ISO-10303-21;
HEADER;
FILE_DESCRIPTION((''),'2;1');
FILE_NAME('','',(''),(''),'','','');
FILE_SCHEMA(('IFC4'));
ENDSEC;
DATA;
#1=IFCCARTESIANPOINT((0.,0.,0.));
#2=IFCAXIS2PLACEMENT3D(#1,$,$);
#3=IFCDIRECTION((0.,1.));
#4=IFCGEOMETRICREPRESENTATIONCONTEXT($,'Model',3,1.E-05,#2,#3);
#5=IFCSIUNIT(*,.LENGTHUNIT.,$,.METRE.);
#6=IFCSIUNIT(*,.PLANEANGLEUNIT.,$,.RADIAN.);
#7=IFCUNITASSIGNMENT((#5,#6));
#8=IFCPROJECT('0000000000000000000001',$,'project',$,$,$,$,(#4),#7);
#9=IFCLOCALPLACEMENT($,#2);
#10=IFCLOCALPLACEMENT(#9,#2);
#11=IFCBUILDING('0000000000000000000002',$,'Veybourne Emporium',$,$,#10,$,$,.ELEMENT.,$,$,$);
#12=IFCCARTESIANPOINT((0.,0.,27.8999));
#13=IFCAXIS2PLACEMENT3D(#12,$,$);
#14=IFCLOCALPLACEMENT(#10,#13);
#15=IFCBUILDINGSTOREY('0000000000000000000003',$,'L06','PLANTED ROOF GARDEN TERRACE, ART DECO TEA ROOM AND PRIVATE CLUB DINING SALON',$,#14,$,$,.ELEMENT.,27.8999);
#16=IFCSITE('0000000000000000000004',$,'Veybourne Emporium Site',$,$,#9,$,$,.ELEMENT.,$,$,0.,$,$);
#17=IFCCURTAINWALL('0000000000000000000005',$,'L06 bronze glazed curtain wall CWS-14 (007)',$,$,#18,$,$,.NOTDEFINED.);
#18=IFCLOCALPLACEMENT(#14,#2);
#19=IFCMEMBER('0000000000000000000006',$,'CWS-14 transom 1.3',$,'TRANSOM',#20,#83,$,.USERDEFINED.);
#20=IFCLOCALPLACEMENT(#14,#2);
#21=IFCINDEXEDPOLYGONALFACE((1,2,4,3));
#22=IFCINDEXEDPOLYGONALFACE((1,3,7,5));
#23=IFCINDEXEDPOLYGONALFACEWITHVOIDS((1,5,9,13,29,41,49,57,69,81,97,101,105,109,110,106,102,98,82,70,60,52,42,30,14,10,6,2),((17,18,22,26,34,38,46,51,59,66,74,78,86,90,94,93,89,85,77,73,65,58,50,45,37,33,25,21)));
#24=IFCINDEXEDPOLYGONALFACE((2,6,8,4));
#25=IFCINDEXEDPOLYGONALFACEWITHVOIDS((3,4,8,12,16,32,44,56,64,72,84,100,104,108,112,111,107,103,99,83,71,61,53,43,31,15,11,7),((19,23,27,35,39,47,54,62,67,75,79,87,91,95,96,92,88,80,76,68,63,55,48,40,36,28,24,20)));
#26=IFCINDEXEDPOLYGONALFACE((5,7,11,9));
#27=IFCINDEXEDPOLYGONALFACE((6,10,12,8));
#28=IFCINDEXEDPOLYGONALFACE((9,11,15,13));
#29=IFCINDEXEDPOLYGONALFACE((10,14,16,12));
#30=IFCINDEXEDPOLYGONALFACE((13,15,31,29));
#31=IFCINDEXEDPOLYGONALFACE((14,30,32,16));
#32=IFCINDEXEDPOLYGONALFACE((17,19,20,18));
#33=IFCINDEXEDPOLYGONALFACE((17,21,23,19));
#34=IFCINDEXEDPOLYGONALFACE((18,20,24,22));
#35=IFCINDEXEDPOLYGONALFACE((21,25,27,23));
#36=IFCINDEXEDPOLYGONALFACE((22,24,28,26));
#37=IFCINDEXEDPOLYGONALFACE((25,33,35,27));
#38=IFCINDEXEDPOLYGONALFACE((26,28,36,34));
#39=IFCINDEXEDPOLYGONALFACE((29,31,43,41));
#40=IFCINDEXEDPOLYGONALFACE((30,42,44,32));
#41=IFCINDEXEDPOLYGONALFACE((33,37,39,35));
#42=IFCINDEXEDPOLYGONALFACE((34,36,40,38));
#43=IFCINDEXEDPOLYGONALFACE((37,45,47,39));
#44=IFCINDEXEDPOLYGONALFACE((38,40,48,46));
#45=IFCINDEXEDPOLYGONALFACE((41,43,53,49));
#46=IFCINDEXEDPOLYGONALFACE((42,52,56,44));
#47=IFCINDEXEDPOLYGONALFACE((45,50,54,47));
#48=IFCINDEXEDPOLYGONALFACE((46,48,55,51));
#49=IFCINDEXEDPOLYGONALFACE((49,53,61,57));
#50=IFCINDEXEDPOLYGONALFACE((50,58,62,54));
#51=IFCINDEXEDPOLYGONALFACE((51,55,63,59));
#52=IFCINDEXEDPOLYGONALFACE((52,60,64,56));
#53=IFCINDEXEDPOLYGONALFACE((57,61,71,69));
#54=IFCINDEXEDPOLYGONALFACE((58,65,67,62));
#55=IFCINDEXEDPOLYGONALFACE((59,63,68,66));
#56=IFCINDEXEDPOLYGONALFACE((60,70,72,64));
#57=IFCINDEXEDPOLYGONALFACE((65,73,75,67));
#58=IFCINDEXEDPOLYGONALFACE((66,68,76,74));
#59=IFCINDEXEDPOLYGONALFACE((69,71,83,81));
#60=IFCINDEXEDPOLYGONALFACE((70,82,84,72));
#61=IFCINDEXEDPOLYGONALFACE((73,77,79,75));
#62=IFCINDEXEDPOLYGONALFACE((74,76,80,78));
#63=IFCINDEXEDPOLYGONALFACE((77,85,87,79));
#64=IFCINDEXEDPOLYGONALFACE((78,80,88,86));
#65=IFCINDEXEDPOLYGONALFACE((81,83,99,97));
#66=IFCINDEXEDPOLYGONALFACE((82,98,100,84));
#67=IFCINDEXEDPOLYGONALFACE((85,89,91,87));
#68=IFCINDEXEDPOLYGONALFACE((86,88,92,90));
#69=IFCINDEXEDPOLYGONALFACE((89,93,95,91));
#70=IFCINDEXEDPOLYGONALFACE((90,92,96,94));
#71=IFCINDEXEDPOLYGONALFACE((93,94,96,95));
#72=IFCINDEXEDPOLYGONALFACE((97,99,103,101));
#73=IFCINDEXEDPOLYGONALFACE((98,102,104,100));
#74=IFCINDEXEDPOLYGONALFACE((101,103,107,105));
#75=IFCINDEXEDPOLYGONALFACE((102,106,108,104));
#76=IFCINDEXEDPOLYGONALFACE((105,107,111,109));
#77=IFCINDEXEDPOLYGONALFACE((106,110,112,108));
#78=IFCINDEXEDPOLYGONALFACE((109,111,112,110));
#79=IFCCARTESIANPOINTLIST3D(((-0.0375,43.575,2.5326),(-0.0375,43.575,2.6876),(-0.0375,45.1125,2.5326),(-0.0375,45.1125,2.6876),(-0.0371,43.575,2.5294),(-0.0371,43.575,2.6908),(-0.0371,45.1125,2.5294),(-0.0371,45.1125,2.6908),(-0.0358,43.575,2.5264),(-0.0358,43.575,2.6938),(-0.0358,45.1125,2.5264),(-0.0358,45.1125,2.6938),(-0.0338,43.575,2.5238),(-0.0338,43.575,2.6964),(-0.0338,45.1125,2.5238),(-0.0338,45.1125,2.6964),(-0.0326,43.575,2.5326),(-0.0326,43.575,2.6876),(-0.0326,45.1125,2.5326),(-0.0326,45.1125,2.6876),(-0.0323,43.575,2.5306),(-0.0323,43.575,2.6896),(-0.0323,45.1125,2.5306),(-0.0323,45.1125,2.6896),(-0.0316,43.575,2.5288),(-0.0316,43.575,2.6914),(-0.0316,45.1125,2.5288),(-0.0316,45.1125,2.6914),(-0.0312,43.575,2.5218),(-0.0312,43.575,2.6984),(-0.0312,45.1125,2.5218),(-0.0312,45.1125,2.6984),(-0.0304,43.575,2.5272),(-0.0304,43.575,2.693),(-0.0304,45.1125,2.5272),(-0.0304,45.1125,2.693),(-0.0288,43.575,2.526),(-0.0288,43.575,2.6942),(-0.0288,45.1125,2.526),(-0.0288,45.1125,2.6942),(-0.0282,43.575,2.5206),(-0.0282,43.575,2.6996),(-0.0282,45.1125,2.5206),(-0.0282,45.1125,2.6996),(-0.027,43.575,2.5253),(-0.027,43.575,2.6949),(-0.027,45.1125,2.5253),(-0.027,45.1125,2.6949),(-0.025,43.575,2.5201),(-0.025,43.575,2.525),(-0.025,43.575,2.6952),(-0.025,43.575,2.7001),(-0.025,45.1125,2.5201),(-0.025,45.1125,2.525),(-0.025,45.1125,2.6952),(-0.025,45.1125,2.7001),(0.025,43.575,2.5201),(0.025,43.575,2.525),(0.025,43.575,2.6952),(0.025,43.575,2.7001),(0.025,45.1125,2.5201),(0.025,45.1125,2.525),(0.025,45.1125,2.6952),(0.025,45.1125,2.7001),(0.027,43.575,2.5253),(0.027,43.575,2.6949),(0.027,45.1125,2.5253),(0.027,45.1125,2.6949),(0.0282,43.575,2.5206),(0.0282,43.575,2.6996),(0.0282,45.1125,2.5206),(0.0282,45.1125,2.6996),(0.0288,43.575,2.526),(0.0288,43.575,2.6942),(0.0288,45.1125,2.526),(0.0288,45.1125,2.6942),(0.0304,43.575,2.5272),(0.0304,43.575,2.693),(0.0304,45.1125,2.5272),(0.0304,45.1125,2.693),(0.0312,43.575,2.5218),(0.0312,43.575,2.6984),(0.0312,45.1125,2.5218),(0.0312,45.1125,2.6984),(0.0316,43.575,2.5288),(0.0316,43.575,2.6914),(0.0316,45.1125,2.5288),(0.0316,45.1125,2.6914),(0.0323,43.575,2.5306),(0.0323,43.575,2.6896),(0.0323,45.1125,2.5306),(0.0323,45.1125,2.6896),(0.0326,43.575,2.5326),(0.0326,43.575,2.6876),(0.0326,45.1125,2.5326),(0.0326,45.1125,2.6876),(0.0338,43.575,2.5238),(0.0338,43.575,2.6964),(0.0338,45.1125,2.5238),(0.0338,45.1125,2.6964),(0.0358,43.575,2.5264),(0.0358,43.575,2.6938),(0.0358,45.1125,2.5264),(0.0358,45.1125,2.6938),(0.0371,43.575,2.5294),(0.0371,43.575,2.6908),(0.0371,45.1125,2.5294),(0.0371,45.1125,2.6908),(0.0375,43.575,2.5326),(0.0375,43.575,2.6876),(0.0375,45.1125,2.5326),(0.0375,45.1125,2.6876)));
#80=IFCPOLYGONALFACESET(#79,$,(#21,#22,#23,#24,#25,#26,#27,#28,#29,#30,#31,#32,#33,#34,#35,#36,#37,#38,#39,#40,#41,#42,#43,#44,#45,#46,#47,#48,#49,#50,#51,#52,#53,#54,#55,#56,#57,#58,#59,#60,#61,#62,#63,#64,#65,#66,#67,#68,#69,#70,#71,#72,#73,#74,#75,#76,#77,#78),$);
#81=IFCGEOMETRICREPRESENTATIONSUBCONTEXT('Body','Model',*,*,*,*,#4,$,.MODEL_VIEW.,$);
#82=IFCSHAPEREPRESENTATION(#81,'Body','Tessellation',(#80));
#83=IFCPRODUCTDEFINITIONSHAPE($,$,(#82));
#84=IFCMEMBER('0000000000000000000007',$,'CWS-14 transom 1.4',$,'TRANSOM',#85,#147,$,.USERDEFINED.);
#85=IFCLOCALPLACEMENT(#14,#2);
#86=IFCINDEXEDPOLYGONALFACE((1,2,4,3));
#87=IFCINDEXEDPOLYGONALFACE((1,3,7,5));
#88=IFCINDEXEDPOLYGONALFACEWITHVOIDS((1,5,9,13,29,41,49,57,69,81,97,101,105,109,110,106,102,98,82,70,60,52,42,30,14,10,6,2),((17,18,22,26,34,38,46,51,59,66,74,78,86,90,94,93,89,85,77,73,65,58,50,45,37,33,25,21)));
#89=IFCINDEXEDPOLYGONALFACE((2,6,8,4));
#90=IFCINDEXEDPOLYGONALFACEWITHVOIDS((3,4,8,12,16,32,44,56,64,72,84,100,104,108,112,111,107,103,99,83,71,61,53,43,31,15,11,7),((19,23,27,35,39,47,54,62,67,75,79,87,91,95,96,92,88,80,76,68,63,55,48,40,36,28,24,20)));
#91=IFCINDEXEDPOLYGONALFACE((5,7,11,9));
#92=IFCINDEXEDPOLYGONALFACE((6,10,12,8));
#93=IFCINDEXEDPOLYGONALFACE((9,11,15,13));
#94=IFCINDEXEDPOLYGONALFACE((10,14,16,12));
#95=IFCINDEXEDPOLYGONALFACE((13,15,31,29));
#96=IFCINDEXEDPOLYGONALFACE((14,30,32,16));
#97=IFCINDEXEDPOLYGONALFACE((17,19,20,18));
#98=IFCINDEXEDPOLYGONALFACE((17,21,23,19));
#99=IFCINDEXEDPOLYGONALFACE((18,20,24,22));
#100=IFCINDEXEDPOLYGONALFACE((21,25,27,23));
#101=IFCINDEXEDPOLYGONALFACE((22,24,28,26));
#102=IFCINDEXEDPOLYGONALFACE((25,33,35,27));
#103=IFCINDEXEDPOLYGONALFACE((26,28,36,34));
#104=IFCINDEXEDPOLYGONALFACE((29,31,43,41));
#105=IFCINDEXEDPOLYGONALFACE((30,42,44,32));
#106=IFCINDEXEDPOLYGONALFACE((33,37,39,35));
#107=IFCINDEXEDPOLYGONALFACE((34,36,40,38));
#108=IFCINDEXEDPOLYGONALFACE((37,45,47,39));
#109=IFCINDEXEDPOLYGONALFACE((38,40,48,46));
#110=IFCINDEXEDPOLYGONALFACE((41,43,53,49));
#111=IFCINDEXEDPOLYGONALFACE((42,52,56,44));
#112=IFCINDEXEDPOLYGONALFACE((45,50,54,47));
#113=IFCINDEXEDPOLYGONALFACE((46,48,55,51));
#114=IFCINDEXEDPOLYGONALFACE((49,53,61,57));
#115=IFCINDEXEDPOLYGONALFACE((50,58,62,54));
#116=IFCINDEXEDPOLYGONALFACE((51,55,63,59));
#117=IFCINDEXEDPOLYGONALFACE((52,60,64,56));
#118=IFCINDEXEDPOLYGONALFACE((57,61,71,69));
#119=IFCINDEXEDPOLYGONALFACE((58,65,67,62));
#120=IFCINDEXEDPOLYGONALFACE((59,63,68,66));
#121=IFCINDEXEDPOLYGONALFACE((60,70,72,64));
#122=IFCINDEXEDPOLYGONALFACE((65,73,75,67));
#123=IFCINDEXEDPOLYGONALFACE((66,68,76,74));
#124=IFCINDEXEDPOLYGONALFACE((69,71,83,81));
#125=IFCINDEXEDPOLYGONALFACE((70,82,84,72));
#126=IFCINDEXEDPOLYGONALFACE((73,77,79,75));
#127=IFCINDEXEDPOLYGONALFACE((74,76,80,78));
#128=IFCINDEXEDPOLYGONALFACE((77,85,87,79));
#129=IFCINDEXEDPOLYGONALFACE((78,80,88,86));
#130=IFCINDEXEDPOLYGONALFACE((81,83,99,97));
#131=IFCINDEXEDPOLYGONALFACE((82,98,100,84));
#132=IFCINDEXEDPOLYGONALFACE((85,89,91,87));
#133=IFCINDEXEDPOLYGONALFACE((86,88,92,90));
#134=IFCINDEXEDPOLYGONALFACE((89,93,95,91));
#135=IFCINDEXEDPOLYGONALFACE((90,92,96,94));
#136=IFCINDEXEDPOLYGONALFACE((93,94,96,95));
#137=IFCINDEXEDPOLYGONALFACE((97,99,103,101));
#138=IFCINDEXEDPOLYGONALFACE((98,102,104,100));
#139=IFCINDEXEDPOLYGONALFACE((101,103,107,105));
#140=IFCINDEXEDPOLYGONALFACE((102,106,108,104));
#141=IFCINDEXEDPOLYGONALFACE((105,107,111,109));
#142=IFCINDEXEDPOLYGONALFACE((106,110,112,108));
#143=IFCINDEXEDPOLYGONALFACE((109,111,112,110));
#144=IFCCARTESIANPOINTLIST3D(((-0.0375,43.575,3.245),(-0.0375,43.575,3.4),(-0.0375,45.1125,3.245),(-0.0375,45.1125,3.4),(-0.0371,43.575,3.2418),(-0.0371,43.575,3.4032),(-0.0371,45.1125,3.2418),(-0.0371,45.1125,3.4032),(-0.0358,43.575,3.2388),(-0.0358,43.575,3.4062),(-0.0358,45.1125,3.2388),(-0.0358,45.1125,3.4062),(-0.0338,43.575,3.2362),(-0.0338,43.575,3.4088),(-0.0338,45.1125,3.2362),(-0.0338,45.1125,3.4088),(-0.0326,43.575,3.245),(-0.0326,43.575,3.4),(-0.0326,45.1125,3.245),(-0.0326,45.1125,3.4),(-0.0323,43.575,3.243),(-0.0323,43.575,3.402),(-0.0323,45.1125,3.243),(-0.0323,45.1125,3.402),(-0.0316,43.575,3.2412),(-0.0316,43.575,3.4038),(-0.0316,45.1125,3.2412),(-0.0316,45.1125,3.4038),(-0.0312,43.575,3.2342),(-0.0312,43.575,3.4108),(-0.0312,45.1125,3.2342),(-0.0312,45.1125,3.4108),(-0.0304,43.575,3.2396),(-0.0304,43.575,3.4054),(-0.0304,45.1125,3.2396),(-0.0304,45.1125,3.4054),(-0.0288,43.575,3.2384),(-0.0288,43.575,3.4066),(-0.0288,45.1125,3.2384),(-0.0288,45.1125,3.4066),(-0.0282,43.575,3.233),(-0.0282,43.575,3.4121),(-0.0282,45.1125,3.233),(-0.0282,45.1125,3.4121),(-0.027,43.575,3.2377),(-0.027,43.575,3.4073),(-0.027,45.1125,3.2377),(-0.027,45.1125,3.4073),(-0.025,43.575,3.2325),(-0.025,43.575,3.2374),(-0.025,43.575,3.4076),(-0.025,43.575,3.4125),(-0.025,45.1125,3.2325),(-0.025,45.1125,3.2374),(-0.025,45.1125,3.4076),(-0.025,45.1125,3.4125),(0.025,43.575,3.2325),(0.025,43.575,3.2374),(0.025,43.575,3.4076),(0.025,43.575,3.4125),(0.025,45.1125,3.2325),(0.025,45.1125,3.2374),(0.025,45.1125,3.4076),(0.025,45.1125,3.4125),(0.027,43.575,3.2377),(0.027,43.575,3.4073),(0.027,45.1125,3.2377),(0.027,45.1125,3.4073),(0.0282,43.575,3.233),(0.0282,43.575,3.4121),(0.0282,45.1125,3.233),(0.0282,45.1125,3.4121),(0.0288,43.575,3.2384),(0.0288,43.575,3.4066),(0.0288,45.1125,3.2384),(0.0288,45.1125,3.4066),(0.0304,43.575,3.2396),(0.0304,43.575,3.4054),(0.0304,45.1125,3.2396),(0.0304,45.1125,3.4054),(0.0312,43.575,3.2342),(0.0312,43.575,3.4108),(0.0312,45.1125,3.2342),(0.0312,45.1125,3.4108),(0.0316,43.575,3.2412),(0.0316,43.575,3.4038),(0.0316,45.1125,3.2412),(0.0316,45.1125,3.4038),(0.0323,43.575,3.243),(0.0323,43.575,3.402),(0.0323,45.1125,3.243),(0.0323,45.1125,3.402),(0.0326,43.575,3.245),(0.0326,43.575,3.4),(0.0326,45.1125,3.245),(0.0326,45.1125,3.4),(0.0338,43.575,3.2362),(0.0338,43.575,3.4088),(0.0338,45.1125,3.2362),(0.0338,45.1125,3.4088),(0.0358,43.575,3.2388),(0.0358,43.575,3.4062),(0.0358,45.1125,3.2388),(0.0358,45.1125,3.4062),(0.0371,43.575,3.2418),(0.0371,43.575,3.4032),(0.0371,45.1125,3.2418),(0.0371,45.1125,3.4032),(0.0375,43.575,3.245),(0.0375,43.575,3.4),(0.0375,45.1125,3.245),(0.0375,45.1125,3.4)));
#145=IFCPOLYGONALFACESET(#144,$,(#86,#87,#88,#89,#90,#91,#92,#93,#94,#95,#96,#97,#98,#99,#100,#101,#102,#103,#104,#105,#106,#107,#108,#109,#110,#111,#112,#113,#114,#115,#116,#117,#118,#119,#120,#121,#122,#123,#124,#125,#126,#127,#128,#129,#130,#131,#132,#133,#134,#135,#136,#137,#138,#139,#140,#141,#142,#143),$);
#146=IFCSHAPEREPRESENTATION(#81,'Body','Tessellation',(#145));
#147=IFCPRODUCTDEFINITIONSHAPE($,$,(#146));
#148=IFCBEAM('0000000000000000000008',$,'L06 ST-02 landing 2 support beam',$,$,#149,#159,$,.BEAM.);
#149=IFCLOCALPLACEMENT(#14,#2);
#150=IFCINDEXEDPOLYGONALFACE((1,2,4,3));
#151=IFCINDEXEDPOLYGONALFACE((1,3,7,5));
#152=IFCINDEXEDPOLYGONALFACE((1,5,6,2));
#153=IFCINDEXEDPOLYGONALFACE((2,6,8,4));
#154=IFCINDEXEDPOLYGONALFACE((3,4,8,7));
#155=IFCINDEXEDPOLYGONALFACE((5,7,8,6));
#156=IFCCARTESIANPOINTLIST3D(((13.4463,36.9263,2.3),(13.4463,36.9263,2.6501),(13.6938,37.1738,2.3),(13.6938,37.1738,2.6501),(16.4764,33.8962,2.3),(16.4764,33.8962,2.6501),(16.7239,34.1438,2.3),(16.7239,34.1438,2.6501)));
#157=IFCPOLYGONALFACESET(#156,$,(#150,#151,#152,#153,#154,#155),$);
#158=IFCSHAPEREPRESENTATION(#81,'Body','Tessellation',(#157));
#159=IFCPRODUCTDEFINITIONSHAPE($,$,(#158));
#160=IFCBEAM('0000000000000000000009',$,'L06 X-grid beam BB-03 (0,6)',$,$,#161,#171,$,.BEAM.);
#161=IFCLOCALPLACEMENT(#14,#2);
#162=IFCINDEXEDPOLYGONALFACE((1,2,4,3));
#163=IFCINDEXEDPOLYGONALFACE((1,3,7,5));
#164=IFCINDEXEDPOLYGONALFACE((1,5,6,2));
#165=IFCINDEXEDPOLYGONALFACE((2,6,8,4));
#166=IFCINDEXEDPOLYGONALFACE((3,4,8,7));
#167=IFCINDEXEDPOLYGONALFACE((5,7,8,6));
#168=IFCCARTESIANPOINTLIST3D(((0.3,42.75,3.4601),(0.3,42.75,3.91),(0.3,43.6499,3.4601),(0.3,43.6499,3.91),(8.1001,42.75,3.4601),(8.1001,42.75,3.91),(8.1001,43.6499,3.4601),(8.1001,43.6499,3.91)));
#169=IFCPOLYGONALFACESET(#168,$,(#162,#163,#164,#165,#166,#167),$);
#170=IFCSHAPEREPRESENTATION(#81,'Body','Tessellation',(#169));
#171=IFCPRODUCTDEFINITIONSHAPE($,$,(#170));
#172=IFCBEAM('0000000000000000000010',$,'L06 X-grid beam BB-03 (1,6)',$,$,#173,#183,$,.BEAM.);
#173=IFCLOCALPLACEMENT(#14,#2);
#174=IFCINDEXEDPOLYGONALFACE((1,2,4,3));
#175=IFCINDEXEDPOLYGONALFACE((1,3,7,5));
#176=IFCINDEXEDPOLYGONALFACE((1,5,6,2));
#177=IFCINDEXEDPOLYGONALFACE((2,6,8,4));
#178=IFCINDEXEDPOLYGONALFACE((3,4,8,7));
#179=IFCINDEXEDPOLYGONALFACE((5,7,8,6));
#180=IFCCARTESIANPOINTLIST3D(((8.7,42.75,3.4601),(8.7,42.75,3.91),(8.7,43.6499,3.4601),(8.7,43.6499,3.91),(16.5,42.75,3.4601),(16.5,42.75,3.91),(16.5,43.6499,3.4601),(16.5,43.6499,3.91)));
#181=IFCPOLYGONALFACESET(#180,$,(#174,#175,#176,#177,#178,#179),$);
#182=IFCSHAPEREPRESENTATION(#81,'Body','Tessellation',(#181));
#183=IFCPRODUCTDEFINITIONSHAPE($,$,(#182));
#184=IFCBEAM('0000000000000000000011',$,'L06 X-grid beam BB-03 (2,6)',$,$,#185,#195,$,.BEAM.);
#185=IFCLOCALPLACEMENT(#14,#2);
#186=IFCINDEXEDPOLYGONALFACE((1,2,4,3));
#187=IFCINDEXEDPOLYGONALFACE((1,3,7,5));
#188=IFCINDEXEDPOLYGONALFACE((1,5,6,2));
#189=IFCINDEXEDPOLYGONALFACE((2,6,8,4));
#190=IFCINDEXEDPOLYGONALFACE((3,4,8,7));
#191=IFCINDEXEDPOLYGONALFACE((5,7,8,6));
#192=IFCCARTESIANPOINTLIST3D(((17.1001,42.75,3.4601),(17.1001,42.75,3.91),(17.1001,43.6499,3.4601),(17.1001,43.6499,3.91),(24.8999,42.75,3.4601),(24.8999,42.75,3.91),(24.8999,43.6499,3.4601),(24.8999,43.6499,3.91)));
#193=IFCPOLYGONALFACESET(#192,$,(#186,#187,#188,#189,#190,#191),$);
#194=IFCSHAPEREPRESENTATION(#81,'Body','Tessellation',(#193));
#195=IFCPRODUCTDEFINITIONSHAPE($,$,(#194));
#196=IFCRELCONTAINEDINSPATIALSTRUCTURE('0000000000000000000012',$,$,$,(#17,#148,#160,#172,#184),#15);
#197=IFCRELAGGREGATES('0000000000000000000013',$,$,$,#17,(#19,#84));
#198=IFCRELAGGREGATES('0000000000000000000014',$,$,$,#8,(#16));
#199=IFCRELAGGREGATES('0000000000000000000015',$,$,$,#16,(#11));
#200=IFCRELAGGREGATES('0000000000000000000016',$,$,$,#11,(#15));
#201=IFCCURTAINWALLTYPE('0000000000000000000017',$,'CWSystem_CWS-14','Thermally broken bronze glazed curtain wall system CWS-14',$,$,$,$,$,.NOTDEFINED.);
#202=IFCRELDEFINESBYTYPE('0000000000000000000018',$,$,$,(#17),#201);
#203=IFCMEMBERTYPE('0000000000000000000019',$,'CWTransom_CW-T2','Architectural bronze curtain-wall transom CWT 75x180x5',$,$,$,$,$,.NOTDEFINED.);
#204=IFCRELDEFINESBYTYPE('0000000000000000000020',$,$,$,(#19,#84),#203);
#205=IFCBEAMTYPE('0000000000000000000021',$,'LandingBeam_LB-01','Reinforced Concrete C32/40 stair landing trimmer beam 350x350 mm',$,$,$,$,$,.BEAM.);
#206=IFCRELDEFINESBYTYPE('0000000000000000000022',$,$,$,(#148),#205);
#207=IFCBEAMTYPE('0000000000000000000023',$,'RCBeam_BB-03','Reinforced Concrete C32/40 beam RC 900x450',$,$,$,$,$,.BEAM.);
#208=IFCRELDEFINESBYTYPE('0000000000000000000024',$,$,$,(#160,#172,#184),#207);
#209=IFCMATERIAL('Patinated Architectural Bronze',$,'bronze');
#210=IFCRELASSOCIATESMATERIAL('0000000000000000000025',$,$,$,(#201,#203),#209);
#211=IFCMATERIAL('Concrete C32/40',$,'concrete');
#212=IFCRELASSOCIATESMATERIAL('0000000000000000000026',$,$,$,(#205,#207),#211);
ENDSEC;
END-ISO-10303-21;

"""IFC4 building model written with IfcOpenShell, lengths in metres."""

from ifc_helpers import new_model, si_unit, direction, frame, origin, origin_2d, place, context, subcontext, project, spatial, rectangle, hollow_rectangle, extrude, material, material_profile, profile_set, type_object, element, aggregate, save


model = new_model("IFC4")

# Units and contexts
model_context = context("Model", 3, precision=1e-05, world=origin(), true_north=direction((0.0, 1.0)))
body_context = subcontext(model_context, "Body", "Model", "MODEL_VIEW")
ifc_project = project(units=[si_unit("LENGTHUNIT", "METRE"), si_unit("PLANEANGLEUNIT", "RADIAN")], contexts=[model_context])

# Site, building, storey
site_placement = place(None, origin())
site = spatial("IfcSite", under=ifc_project, at=site_placement, Name="Veybourne Emporium Site", CompositionType="ELEMENT", RefElevation=0.0)
building_placement = place(site_placement, origin())
building = spatial("IfcBuilding", under=site, at=building_placement, Name="Veybourne Emporium", CompositionType="ELEMENT")
storey_placement = place(building_placement, frame((0.0, 0.0, 27.8999)))
storey = spatial("IfcBuildingStorey", under=building, at=storey_placement, Name="L06", Description="PLANTED ROOF GARDEN TERRACE, ART DECO TEA ROOM AND PRIVATE CLUB DINING SALON", CompositionType="ELEMENT", Elevation=27.8999)

# Curtain wall, members
ifc_material_1 = material(Name="Patinated Architectural Bronze", Category="bronze")
curtain_wall_type = type_object("IfcCurtainWallType", Name="CWSystem_CWS-14", Description="Thermally broken bronze glazed curtain wall system CWS-14", PredefinedType="NOTDEFINED", material=ifc_material_1)
curtain_wall_placement = place(storey_placement, origin())
curtain_wall = element("IfcCurtainWall", 1, at=curtain_wall_placement, inside=storey, type_object=curtain_wall_type, Name="L06 bronze glazed curtain wall CWS-14 (007)", PredefinedType="NOTDEFINED")
ifc_material_profile_1 = material_profile(ifc_material_1, hollow_rectangle(XDim=0.075, YDim=0.1799, WallThickness=0.0049, InnerFilletRadius=0.0076, OuterFilletRadius=0.0125, at=origin_2d()), Name="CWT 75x180x5")
ifc_profile_set_1 = profile_set([ifc_material_profile_1], Name="Patinated Architectural Bronze")
member_type = type_object("IfcMemberType", Name="CWTransom_CW-T2", Description="Architectural bronze curtain-wall transom CWT 75x180x5", PredefinedType="NOTDEFINED", material=ifc_profile_set_1)
member_1_placement = place(storey_placement, frame((0.0, 43.575, 2.6101), z_axis=(0.0, 1.0, 0.0), x_axis=(-1.0, 0.0, 0.0)))
member_1 = element("IfcMember", 2, at=member_1_placement, type_object=member_type, Name="CWS-14 transom 1.3", ObjectType="TRANSOM", PredefinedType="USERDEFINED", context=body_context, shape_type="SweptSolid", body=[
    extrude(hollow_rectangle(XDim=0.075, YDim=0.1799, WallThickness=0.0049, InnerFilletRadius=0.0076, OuterFilletRadius=0.0125, at=origin_2d()), origin(), (0.0, 0.0, 1.0), 1.5376),
])
member_2_placement = place(storey_placement, frame((0.0, 43.575, 3.3225), z_axis=(0.0, 1.0, 0.0), x_axis=(-1.0, 0.0, 0.0)))
member_2 = element("IfcMember", 3, at=member_2_placement, type_object=member_type, Name="CWS-14 transom 1.4", ObjectType="TRANSOM", PredefinedType="USERDEFINED", context=body_context, shape_type="SweptSolid", body=[
    extrude(hollow_rectangle(XDim=0.075, YDim=0.1799, WallThickness=0.0049, InnerFilletRadius=0.0076, OuterFilletRadius=0.0125, at=origin_2d()), origin(), (0.0, 0.0, 1.0), 1.5376),
])

# Beams
ifc_material_2 = material(Name="Concrete C32/40", Category="concrete")
ifc_material_profile_2 = material_profile(ifc_material_2, rectangle(XDim=0.3501, YDim=0.3501, at=origin_2d()), Name="RC 350x350")
ifc_profile_set_2 = profile_set([ifc_material_profile_2], Name="Concrete C32/40")
beam_type_1 = type_object("IfcBeamType", Name="LandingBeam_LB-01", Description="Reinforced Concrete C32/40 stair landing trimmer beam 350x350 mm", PredefinedType="BEAM", material=ifc_profile_set_2)
beam_1_placement = place(storey_placement, frame((13.5701, 37.05, 2.4751), z_axis=(0.707107, -0.707107, 0.0), x_axis=(0.707107, 0.707107, 0.0)))
element("IfcBeam", 4, at=beam_1_placement, inside=storey, type_object=beam_type_1, Name="L06 ST-02 landing 2 support beam", PredefinedType="BEAM", context=body_context, shape_type="SweptSolid", body=[
    extrude(rectangle(XDim=0.3501, YDim=0.3501, at=origin_2d()), origin(), (0.0, 0.0, 1.0), 4.2852),
])
ifc_material_profile_3 = material_profile(ifc_material_2, rectangle(XDim=0.8999, YDim=0.45, at=origin_2d()), Name="RC 900x450")
ifc_profile_set_3 = profile_set([ifc_material_profile_3], Name="Concrete C32/40")
beam_type_2 = type_object("IfcBeamType", Name="RCBeam_BB-03", Description="Reinforced Concrete C32/40 beam RC 900x450", PredefinedType="BEAM", material=ifc_profile_set_3)
for number, where, z_axis, x_axis, name in (
    (5, (0.3, 43.2, 3.6851), (1.0, 0.0, 0.0), (0.0, 1.0, 0.0), "L06 X-grid beam BB-03 (0,6)"),
    (6, (8.7, 43.2, 3.6851), (1.0, 0.0, 0.0), (0.0, 1.0, 0.0), "L06 X-grid beam BB-03 (1,6)"),
):
    element("IfcBeam", number, at=place(storey_placement, frame(where, z_axis=z_axis, x_axis=x_axis)), inside=storey, type_object=beam_type_2, Name=name, PredefinedType="BEAM", context=body_context, shape_type="SweptSolid", body=[
        extrude(rectangle(XDim=0.8999, YDim=0.45, at=origin_2d()), origin(), (0.0, 0.0, 1.0), 7.8),
    ])
beam_2_placement = place(storey_placement, frame((17.1001, 43.2, 3.6851), z_axis=(1.0, 0.0, 0.0), x_axis=(0.0, 1.0, 0.0)))
element("IfcBeam", 7, at=beam_2_placement, inside=storey, type_object=beam_type_2, Name="L06 X-grid beam BB-03 (2,6)", PredefinedType="BEAM", context=body_context, shape_type="SweptSolid", body=[
    extrude(rectangle(XDim=0.8999, YDim=0.45, at=origin_2d()), origin(), (0.0, 0.0, 1.0), 7.7998),
])

aggregate(curtain_wall, [member_1, member_2])

save(model, "model.ifc")
